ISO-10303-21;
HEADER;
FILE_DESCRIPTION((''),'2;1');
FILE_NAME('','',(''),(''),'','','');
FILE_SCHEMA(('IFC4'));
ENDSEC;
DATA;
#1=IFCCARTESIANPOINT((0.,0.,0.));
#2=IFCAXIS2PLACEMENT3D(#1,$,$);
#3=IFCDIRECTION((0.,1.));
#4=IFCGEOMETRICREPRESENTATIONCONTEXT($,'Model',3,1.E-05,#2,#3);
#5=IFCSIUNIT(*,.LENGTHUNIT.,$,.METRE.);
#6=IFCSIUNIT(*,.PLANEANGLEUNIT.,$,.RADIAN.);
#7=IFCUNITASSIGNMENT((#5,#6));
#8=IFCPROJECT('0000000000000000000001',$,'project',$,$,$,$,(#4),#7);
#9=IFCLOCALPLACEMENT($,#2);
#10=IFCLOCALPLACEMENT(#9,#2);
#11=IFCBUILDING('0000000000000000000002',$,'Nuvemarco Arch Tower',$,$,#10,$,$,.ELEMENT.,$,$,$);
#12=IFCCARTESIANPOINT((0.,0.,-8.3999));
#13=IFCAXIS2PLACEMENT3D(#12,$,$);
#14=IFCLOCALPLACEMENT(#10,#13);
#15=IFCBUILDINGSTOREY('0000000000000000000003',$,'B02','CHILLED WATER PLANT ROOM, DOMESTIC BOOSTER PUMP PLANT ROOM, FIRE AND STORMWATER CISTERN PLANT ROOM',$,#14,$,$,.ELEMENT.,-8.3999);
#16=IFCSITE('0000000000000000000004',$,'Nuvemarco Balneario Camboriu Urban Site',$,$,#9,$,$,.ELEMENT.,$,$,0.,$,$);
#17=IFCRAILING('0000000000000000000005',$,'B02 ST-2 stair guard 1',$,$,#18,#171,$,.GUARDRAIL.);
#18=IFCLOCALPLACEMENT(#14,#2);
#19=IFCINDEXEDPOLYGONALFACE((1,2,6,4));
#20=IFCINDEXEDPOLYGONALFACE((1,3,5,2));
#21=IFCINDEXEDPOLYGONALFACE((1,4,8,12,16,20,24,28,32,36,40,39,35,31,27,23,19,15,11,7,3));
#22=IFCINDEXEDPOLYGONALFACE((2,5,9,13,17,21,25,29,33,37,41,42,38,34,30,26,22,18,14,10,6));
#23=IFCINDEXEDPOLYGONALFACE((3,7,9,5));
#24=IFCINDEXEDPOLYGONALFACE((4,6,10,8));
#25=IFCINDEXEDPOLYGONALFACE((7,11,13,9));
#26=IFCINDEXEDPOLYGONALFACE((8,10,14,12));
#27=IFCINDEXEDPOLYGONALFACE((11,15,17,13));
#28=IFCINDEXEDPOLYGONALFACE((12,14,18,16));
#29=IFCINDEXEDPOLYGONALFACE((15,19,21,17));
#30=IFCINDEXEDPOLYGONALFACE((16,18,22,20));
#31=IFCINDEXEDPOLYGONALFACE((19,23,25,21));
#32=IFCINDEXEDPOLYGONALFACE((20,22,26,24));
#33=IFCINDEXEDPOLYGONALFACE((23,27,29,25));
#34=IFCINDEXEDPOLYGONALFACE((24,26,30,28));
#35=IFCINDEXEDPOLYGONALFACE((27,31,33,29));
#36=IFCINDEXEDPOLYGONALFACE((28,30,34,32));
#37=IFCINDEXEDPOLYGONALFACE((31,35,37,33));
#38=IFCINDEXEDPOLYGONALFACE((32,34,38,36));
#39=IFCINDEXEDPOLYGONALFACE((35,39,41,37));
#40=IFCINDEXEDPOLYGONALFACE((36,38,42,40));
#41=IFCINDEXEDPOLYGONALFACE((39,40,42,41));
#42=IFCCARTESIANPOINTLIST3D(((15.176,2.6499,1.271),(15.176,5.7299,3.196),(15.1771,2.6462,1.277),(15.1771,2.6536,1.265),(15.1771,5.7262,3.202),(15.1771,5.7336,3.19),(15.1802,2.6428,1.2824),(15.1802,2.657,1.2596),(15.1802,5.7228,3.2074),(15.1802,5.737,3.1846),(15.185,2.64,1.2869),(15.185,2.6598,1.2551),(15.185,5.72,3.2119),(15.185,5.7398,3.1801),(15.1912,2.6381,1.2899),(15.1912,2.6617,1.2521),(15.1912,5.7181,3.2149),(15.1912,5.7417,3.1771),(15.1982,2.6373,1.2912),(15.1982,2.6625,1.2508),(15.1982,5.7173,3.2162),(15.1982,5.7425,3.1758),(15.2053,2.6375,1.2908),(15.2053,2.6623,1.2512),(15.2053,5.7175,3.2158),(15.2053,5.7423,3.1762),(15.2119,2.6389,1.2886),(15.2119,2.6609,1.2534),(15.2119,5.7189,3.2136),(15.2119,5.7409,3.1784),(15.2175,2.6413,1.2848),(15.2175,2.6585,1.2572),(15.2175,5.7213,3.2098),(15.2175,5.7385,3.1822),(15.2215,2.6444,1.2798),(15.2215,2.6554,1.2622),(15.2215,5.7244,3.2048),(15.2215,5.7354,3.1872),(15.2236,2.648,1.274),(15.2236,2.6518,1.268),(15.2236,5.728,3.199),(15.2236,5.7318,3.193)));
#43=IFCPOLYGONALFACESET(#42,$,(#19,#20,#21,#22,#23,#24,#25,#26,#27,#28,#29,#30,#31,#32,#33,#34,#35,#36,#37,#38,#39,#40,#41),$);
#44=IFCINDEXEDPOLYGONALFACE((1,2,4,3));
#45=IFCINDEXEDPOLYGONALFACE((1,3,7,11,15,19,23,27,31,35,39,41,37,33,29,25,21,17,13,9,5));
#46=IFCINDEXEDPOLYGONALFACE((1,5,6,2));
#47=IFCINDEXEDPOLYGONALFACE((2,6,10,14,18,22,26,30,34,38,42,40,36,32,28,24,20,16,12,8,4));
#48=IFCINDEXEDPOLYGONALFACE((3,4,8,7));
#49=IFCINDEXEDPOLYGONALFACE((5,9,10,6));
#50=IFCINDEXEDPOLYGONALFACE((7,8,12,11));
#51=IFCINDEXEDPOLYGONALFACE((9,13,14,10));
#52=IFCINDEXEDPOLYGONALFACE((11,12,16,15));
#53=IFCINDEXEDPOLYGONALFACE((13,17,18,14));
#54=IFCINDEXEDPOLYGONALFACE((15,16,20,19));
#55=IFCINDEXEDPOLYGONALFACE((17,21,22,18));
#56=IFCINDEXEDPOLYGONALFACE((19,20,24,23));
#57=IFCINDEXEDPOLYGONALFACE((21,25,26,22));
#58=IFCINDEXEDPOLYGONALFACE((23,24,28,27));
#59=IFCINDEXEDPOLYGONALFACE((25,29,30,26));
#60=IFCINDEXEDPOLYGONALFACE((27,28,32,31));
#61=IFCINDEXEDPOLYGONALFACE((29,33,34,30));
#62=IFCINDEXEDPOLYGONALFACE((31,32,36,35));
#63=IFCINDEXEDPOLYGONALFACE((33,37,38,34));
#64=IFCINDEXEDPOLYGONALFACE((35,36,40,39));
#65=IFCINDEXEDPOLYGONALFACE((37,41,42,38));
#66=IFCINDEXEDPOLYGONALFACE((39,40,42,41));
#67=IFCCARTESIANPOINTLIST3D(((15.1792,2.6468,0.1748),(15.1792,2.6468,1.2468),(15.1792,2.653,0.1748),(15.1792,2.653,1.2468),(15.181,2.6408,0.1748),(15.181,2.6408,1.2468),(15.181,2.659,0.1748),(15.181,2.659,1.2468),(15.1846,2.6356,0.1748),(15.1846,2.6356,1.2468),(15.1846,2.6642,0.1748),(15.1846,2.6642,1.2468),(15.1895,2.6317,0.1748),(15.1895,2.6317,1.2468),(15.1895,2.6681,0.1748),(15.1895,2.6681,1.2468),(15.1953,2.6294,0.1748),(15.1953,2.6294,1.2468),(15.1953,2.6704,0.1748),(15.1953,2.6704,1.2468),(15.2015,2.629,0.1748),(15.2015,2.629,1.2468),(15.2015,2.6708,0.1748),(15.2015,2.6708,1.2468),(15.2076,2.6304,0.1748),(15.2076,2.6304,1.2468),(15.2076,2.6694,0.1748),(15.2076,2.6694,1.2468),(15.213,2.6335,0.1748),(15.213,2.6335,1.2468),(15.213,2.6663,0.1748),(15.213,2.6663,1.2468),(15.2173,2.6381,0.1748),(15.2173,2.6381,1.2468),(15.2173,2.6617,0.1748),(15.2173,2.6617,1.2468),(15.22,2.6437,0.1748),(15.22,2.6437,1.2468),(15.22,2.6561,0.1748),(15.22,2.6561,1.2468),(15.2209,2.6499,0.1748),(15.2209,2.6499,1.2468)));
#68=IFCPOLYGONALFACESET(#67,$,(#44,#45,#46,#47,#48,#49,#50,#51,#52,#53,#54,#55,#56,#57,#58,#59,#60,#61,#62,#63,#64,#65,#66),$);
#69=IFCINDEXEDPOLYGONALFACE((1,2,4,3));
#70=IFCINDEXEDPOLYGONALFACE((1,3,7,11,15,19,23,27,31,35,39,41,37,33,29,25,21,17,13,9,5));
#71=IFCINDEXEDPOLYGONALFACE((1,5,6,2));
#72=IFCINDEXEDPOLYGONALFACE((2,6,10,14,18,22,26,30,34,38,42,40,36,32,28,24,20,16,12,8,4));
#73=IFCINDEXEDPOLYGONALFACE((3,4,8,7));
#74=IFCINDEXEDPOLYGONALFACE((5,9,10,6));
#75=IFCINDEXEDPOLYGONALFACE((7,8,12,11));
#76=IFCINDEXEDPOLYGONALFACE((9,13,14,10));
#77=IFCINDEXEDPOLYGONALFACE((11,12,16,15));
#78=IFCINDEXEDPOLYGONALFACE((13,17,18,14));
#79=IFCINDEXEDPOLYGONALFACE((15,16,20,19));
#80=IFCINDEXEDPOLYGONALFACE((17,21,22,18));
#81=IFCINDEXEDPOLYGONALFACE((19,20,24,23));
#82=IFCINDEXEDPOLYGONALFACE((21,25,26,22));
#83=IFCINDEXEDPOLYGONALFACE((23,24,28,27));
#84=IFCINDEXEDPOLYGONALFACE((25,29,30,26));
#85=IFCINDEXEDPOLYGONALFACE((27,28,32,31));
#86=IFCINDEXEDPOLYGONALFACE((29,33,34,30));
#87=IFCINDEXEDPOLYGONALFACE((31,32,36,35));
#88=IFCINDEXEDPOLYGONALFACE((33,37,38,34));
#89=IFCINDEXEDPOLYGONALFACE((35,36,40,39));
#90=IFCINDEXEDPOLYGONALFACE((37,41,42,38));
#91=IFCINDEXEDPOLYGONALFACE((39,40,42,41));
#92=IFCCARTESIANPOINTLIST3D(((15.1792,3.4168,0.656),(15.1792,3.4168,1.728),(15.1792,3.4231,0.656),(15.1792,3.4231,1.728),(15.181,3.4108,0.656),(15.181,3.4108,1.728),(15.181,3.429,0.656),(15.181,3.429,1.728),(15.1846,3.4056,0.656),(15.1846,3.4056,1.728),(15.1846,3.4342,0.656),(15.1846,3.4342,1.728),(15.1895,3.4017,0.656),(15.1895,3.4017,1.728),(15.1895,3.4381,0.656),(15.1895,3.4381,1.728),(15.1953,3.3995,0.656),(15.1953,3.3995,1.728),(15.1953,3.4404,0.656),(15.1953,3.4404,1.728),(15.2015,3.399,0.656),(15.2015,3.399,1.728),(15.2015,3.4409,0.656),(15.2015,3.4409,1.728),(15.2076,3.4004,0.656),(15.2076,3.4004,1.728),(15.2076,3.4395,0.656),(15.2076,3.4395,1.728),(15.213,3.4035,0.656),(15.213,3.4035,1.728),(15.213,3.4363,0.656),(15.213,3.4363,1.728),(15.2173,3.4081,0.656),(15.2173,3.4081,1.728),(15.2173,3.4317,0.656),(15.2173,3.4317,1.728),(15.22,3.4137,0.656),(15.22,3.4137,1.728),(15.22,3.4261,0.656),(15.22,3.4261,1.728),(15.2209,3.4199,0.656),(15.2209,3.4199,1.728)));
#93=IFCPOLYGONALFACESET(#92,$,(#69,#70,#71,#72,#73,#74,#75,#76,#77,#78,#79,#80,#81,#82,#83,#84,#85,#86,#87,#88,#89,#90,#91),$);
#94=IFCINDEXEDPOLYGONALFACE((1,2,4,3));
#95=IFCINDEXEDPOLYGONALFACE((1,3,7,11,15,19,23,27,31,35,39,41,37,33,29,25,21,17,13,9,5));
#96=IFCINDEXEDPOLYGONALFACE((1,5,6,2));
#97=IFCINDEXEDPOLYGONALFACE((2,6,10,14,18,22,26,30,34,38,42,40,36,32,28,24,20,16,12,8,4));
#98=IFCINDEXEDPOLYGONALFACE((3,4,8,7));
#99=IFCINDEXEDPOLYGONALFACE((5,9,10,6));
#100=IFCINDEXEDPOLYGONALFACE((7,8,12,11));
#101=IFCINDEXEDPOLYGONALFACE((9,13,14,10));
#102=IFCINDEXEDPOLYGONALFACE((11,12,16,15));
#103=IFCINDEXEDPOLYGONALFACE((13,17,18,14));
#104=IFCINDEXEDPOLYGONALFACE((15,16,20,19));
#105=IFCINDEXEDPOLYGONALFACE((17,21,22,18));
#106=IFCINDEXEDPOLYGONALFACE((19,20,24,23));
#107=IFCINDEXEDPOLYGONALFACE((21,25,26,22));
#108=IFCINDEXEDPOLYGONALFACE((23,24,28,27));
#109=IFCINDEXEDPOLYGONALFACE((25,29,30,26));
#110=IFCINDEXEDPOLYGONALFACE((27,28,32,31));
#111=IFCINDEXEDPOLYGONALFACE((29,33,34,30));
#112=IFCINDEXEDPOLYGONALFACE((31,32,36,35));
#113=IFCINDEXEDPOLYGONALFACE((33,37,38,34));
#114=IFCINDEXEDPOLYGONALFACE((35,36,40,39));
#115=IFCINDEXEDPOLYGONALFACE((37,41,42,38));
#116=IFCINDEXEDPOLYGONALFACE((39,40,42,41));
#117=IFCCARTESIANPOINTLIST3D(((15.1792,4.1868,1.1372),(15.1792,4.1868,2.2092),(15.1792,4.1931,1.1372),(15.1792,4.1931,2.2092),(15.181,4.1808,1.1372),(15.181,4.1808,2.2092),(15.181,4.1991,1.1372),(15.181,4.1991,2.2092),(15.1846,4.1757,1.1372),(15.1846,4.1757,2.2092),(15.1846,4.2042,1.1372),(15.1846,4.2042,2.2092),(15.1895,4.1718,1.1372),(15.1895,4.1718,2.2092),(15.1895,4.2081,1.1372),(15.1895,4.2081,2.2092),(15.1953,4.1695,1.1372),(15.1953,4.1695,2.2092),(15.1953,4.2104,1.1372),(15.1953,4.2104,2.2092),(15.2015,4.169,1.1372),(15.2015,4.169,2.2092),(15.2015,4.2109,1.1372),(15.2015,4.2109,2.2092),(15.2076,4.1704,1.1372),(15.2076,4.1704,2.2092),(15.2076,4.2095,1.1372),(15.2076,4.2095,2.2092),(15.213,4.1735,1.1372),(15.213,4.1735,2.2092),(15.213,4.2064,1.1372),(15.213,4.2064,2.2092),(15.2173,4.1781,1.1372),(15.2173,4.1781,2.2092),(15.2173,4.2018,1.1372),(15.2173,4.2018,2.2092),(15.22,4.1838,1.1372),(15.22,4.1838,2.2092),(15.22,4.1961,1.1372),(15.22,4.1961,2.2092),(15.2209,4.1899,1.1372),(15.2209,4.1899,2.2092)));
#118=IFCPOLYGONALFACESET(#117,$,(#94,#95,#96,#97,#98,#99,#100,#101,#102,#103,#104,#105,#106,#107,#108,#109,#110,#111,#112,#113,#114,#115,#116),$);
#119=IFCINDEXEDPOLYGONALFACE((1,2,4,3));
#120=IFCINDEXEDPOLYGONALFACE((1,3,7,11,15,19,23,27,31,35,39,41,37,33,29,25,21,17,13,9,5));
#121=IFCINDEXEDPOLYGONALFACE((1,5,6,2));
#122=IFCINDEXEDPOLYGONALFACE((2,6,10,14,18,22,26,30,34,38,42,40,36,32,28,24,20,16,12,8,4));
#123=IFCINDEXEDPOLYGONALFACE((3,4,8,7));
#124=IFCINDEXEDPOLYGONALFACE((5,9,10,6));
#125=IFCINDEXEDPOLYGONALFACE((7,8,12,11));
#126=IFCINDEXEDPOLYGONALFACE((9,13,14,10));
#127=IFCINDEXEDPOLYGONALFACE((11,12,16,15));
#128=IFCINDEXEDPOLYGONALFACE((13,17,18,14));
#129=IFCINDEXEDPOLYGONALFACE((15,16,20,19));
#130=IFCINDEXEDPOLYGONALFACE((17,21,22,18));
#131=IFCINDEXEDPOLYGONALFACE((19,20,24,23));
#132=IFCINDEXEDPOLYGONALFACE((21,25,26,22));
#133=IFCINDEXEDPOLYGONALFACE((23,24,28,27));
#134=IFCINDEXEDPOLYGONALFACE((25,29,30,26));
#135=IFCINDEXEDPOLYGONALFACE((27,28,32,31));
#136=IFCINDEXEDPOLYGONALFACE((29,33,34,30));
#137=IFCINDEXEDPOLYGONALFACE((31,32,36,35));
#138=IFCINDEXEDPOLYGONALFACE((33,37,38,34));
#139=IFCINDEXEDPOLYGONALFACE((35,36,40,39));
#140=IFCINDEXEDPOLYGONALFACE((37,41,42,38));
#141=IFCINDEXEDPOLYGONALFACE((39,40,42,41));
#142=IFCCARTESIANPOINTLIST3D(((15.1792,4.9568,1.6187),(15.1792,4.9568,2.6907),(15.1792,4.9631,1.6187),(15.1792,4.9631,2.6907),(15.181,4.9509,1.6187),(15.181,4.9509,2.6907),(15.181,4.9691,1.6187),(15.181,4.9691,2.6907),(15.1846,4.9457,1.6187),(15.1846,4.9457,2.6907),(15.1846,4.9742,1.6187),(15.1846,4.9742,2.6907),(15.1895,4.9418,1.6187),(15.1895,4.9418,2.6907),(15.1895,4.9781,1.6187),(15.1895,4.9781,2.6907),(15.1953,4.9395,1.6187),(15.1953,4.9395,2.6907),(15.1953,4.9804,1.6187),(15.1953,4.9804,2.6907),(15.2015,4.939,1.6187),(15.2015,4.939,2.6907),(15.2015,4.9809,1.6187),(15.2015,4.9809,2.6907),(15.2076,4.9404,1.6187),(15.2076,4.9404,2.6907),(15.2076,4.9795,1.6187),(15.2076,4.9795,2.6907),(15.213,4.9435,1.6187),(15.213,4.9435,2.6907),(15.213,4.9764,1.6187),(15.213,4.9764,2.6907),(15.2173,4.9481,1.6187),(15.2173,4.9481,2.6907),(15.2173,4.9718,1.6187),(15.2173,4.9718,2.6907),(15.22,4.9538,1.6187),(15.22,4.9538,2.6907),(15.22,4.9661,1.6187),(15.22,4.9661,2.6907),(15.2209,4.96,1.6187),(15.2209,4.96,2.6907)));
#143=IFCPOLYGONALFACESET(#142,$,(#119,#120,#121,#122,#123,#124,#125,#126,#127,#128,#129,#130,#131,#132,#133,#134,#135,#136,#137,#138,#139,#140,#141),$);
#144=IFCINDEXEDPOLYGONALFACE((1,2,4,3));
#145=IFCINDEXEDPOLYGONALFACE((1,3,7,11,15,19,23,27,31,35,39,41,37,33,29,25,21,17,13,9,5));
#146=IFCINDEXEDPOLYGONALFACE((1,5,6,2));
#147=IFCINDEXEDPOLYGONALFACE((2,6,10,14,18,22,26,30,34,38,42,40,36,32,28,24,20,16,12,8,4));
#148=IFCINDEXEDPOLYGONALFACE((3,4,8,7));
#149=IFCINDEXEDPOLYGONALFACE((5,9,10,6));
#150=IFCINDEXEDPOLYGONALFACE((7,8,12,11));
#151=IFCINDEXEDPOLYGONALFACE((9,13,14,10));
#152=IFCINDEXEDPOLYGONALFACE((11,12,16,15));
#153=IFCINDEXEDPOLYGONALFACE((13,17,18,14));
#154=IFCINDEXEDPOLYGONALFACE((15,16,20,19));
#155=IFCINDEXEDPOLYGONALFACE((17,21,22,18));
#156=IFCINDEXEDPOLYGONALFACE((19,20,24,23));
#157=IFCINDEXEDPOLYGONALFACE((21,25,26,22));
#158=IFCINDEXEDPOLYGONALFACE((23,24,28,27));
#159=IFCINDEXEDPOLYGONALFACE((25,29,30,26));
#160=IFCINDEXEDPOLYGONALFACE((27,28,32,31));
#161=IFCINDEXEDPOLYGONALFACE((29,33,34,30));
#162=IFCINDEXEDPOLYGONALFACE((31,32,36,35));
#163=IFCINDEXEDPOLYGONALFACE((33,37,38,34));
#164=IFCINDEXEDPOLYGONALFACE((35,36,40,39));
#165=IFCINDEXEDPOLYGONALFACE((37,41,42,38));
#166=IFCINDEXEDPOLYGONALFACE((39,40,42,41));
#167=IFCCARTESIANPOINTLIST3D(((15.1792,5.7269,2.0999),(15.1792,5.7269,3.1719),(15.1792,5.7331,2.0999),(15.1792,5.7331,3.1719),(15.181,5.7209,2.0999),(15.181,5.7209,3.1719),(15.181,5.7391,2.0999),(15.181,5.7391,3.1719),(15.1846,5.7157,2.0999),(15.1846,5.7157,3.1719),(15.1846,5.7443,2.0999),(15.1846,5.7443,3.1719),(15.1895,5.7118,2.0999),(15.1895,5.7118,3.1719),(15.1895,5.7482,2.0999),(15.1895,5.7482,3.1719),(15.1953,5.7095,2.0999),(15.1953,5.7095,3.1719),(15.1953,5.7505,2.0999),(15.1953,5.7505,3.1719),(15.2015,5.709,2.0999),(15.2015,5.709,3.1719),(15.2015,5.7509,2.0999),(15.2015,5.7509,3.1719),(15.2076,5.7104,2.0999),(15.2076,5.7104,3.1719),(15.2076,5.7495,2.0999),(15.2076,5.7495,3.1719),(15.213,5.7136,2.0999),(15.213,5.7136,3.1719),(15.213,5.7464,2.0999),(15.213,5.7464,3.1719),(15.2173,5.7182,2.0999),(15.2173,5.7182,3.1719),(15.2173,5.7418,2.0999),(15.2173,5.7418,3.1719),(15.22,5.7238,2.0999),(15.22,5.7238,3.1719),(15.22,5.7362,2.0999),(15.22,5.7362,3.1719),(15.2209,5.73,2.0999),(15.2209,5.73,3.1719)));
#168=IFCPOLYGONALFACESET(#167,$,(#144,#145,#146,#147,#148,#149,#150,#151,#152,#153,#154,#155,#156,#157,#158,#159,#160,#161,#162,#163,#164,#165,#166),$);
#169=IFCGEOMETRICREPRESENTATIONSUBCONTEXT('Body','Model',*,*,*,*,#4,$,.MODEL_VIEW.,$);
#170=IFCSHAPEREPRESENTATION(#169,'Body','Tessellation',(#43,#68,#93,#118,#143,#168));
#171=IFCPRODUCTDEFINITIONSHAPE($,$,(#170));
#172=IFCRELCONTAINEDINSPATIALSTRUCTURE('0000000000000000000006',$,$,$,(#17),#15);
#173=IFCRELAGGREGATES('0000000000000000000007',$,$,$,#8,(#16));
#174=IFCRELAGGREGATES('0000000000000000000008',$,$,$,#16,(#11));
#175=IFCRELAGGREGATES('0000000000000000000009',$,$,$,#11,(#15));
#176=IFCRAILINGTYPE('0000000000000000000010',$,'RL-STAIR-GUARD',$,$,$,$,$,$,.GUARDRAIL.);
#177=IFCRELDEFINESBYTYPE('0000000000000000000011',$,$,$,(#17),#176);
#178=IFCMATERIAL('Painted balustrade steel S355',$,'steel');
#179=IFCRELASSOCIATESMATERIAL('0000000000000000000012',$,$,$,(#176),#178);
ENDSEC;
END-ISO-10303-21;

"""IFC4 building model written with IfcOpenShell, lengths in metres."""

from ifc_helpers import new_model, si_unit, direction, frame, origin, origin_2d, place, context, subcontext, project, spatial, circle, extrude, material, type_object, element, save


model = new_model("IFC4")

# Units and contexts
model_context = context("Model", 3, precision=1e-05, world=origin(), true_north=direction((0.0, 1.0)))
body_context = subcontext(model_context, "Body", "Model", "MODEL_VIEW")
ifc_project = project(units=[si_unit("LENGTHUNIT", "METRE"), si_unit("PLANEANGLEUNIT", "RADIAN")], contexts=[model_context])

# Site, building, storey
site_placement = place(None, origin())
site = spatial("IfcSite", under=ifc_project, at=site_placement, Name="Nuvemarco Balneario Camboriu Urban Site", CompositionType="ELEMENT", RefElevation=0.0)
building_placement = place(site_placement, origin())
building = spatial("IfcBuilding", under=site, at=building_placement, Name="Nuvemarco Arch Tower", CompositionType="ELEMENT")
storey_placement = place(building_placement, frame((0.0, 0.0, -8.3999)))
storey = spatial("IfcBuildingStorey", under=building, at=storey_placement, Name="B02", Description="CHILLED WATER PLANT ROOM, DOMESTIC BOOSTER PUMP PLANT ROOM, FIRE AND STORMWATER CISTERN PLANT ROOM", CompositionType="ELEMENT", Elevation=-8.3999)

# Railing
ifc_material_1 = material(Name="Painted balustrade steel S355", Category="steel")
railing_type_1 = type_object("IfcRailingType", Name="RL-STAIR-GUARD", PredefinedType="GUARDRAIL", material=ifc_material_1)
railing_1_placement = place(storey_placement, frame((15.2, 2.6499, 0.1748)))
element("IfcRailing", 1, at=railing_1_placement, inside=storey, type_object=railing_type_1, Name="B02 ST-2 stair guard 1", PredefinedType="GUARDRAIL", context=body_context, shape_type="SweptSolid", body=[
    extrude(circle(Radius=0.0239, at=origin_2d()), frame((0.0, 0.0, 1.0962), z_axis=(0.0, 0.847998, 0.529999), x_axis=(-1.0, 0.0, 0.0)), (0.0, 0.0, 1.0), 3.6321),
    extrude(circle(Radius=0.021, at=origin_2d()), origin(), (0.0, 0.0, 1.0), 1.072),
    extrude(circle(Radius=0.021, at=origin_2d()), frame((0.0, 0.77, 0.4812)), (0.0, 0.0, 1.0), 1.072),
    extrude(circle(Radius=0.021, at=origin_2d()), frame((0.0, 1.54, 0.9624)), (0.0, 0.0, 1.0), 1.072),
    extrude(circle(Radius=0.021, at=origin_2d()), frame((0.0, 2.3101, 1.4438)), (0.0, 0.0, 1.0), 1.072),
    extrude(circle(Radius=0.021, at=origin_2d()), frame((0.0, 3.0801, 1.925)), (0.0, 0.0, 1.0), 1.072),
])

save(model, "model.ifc")
